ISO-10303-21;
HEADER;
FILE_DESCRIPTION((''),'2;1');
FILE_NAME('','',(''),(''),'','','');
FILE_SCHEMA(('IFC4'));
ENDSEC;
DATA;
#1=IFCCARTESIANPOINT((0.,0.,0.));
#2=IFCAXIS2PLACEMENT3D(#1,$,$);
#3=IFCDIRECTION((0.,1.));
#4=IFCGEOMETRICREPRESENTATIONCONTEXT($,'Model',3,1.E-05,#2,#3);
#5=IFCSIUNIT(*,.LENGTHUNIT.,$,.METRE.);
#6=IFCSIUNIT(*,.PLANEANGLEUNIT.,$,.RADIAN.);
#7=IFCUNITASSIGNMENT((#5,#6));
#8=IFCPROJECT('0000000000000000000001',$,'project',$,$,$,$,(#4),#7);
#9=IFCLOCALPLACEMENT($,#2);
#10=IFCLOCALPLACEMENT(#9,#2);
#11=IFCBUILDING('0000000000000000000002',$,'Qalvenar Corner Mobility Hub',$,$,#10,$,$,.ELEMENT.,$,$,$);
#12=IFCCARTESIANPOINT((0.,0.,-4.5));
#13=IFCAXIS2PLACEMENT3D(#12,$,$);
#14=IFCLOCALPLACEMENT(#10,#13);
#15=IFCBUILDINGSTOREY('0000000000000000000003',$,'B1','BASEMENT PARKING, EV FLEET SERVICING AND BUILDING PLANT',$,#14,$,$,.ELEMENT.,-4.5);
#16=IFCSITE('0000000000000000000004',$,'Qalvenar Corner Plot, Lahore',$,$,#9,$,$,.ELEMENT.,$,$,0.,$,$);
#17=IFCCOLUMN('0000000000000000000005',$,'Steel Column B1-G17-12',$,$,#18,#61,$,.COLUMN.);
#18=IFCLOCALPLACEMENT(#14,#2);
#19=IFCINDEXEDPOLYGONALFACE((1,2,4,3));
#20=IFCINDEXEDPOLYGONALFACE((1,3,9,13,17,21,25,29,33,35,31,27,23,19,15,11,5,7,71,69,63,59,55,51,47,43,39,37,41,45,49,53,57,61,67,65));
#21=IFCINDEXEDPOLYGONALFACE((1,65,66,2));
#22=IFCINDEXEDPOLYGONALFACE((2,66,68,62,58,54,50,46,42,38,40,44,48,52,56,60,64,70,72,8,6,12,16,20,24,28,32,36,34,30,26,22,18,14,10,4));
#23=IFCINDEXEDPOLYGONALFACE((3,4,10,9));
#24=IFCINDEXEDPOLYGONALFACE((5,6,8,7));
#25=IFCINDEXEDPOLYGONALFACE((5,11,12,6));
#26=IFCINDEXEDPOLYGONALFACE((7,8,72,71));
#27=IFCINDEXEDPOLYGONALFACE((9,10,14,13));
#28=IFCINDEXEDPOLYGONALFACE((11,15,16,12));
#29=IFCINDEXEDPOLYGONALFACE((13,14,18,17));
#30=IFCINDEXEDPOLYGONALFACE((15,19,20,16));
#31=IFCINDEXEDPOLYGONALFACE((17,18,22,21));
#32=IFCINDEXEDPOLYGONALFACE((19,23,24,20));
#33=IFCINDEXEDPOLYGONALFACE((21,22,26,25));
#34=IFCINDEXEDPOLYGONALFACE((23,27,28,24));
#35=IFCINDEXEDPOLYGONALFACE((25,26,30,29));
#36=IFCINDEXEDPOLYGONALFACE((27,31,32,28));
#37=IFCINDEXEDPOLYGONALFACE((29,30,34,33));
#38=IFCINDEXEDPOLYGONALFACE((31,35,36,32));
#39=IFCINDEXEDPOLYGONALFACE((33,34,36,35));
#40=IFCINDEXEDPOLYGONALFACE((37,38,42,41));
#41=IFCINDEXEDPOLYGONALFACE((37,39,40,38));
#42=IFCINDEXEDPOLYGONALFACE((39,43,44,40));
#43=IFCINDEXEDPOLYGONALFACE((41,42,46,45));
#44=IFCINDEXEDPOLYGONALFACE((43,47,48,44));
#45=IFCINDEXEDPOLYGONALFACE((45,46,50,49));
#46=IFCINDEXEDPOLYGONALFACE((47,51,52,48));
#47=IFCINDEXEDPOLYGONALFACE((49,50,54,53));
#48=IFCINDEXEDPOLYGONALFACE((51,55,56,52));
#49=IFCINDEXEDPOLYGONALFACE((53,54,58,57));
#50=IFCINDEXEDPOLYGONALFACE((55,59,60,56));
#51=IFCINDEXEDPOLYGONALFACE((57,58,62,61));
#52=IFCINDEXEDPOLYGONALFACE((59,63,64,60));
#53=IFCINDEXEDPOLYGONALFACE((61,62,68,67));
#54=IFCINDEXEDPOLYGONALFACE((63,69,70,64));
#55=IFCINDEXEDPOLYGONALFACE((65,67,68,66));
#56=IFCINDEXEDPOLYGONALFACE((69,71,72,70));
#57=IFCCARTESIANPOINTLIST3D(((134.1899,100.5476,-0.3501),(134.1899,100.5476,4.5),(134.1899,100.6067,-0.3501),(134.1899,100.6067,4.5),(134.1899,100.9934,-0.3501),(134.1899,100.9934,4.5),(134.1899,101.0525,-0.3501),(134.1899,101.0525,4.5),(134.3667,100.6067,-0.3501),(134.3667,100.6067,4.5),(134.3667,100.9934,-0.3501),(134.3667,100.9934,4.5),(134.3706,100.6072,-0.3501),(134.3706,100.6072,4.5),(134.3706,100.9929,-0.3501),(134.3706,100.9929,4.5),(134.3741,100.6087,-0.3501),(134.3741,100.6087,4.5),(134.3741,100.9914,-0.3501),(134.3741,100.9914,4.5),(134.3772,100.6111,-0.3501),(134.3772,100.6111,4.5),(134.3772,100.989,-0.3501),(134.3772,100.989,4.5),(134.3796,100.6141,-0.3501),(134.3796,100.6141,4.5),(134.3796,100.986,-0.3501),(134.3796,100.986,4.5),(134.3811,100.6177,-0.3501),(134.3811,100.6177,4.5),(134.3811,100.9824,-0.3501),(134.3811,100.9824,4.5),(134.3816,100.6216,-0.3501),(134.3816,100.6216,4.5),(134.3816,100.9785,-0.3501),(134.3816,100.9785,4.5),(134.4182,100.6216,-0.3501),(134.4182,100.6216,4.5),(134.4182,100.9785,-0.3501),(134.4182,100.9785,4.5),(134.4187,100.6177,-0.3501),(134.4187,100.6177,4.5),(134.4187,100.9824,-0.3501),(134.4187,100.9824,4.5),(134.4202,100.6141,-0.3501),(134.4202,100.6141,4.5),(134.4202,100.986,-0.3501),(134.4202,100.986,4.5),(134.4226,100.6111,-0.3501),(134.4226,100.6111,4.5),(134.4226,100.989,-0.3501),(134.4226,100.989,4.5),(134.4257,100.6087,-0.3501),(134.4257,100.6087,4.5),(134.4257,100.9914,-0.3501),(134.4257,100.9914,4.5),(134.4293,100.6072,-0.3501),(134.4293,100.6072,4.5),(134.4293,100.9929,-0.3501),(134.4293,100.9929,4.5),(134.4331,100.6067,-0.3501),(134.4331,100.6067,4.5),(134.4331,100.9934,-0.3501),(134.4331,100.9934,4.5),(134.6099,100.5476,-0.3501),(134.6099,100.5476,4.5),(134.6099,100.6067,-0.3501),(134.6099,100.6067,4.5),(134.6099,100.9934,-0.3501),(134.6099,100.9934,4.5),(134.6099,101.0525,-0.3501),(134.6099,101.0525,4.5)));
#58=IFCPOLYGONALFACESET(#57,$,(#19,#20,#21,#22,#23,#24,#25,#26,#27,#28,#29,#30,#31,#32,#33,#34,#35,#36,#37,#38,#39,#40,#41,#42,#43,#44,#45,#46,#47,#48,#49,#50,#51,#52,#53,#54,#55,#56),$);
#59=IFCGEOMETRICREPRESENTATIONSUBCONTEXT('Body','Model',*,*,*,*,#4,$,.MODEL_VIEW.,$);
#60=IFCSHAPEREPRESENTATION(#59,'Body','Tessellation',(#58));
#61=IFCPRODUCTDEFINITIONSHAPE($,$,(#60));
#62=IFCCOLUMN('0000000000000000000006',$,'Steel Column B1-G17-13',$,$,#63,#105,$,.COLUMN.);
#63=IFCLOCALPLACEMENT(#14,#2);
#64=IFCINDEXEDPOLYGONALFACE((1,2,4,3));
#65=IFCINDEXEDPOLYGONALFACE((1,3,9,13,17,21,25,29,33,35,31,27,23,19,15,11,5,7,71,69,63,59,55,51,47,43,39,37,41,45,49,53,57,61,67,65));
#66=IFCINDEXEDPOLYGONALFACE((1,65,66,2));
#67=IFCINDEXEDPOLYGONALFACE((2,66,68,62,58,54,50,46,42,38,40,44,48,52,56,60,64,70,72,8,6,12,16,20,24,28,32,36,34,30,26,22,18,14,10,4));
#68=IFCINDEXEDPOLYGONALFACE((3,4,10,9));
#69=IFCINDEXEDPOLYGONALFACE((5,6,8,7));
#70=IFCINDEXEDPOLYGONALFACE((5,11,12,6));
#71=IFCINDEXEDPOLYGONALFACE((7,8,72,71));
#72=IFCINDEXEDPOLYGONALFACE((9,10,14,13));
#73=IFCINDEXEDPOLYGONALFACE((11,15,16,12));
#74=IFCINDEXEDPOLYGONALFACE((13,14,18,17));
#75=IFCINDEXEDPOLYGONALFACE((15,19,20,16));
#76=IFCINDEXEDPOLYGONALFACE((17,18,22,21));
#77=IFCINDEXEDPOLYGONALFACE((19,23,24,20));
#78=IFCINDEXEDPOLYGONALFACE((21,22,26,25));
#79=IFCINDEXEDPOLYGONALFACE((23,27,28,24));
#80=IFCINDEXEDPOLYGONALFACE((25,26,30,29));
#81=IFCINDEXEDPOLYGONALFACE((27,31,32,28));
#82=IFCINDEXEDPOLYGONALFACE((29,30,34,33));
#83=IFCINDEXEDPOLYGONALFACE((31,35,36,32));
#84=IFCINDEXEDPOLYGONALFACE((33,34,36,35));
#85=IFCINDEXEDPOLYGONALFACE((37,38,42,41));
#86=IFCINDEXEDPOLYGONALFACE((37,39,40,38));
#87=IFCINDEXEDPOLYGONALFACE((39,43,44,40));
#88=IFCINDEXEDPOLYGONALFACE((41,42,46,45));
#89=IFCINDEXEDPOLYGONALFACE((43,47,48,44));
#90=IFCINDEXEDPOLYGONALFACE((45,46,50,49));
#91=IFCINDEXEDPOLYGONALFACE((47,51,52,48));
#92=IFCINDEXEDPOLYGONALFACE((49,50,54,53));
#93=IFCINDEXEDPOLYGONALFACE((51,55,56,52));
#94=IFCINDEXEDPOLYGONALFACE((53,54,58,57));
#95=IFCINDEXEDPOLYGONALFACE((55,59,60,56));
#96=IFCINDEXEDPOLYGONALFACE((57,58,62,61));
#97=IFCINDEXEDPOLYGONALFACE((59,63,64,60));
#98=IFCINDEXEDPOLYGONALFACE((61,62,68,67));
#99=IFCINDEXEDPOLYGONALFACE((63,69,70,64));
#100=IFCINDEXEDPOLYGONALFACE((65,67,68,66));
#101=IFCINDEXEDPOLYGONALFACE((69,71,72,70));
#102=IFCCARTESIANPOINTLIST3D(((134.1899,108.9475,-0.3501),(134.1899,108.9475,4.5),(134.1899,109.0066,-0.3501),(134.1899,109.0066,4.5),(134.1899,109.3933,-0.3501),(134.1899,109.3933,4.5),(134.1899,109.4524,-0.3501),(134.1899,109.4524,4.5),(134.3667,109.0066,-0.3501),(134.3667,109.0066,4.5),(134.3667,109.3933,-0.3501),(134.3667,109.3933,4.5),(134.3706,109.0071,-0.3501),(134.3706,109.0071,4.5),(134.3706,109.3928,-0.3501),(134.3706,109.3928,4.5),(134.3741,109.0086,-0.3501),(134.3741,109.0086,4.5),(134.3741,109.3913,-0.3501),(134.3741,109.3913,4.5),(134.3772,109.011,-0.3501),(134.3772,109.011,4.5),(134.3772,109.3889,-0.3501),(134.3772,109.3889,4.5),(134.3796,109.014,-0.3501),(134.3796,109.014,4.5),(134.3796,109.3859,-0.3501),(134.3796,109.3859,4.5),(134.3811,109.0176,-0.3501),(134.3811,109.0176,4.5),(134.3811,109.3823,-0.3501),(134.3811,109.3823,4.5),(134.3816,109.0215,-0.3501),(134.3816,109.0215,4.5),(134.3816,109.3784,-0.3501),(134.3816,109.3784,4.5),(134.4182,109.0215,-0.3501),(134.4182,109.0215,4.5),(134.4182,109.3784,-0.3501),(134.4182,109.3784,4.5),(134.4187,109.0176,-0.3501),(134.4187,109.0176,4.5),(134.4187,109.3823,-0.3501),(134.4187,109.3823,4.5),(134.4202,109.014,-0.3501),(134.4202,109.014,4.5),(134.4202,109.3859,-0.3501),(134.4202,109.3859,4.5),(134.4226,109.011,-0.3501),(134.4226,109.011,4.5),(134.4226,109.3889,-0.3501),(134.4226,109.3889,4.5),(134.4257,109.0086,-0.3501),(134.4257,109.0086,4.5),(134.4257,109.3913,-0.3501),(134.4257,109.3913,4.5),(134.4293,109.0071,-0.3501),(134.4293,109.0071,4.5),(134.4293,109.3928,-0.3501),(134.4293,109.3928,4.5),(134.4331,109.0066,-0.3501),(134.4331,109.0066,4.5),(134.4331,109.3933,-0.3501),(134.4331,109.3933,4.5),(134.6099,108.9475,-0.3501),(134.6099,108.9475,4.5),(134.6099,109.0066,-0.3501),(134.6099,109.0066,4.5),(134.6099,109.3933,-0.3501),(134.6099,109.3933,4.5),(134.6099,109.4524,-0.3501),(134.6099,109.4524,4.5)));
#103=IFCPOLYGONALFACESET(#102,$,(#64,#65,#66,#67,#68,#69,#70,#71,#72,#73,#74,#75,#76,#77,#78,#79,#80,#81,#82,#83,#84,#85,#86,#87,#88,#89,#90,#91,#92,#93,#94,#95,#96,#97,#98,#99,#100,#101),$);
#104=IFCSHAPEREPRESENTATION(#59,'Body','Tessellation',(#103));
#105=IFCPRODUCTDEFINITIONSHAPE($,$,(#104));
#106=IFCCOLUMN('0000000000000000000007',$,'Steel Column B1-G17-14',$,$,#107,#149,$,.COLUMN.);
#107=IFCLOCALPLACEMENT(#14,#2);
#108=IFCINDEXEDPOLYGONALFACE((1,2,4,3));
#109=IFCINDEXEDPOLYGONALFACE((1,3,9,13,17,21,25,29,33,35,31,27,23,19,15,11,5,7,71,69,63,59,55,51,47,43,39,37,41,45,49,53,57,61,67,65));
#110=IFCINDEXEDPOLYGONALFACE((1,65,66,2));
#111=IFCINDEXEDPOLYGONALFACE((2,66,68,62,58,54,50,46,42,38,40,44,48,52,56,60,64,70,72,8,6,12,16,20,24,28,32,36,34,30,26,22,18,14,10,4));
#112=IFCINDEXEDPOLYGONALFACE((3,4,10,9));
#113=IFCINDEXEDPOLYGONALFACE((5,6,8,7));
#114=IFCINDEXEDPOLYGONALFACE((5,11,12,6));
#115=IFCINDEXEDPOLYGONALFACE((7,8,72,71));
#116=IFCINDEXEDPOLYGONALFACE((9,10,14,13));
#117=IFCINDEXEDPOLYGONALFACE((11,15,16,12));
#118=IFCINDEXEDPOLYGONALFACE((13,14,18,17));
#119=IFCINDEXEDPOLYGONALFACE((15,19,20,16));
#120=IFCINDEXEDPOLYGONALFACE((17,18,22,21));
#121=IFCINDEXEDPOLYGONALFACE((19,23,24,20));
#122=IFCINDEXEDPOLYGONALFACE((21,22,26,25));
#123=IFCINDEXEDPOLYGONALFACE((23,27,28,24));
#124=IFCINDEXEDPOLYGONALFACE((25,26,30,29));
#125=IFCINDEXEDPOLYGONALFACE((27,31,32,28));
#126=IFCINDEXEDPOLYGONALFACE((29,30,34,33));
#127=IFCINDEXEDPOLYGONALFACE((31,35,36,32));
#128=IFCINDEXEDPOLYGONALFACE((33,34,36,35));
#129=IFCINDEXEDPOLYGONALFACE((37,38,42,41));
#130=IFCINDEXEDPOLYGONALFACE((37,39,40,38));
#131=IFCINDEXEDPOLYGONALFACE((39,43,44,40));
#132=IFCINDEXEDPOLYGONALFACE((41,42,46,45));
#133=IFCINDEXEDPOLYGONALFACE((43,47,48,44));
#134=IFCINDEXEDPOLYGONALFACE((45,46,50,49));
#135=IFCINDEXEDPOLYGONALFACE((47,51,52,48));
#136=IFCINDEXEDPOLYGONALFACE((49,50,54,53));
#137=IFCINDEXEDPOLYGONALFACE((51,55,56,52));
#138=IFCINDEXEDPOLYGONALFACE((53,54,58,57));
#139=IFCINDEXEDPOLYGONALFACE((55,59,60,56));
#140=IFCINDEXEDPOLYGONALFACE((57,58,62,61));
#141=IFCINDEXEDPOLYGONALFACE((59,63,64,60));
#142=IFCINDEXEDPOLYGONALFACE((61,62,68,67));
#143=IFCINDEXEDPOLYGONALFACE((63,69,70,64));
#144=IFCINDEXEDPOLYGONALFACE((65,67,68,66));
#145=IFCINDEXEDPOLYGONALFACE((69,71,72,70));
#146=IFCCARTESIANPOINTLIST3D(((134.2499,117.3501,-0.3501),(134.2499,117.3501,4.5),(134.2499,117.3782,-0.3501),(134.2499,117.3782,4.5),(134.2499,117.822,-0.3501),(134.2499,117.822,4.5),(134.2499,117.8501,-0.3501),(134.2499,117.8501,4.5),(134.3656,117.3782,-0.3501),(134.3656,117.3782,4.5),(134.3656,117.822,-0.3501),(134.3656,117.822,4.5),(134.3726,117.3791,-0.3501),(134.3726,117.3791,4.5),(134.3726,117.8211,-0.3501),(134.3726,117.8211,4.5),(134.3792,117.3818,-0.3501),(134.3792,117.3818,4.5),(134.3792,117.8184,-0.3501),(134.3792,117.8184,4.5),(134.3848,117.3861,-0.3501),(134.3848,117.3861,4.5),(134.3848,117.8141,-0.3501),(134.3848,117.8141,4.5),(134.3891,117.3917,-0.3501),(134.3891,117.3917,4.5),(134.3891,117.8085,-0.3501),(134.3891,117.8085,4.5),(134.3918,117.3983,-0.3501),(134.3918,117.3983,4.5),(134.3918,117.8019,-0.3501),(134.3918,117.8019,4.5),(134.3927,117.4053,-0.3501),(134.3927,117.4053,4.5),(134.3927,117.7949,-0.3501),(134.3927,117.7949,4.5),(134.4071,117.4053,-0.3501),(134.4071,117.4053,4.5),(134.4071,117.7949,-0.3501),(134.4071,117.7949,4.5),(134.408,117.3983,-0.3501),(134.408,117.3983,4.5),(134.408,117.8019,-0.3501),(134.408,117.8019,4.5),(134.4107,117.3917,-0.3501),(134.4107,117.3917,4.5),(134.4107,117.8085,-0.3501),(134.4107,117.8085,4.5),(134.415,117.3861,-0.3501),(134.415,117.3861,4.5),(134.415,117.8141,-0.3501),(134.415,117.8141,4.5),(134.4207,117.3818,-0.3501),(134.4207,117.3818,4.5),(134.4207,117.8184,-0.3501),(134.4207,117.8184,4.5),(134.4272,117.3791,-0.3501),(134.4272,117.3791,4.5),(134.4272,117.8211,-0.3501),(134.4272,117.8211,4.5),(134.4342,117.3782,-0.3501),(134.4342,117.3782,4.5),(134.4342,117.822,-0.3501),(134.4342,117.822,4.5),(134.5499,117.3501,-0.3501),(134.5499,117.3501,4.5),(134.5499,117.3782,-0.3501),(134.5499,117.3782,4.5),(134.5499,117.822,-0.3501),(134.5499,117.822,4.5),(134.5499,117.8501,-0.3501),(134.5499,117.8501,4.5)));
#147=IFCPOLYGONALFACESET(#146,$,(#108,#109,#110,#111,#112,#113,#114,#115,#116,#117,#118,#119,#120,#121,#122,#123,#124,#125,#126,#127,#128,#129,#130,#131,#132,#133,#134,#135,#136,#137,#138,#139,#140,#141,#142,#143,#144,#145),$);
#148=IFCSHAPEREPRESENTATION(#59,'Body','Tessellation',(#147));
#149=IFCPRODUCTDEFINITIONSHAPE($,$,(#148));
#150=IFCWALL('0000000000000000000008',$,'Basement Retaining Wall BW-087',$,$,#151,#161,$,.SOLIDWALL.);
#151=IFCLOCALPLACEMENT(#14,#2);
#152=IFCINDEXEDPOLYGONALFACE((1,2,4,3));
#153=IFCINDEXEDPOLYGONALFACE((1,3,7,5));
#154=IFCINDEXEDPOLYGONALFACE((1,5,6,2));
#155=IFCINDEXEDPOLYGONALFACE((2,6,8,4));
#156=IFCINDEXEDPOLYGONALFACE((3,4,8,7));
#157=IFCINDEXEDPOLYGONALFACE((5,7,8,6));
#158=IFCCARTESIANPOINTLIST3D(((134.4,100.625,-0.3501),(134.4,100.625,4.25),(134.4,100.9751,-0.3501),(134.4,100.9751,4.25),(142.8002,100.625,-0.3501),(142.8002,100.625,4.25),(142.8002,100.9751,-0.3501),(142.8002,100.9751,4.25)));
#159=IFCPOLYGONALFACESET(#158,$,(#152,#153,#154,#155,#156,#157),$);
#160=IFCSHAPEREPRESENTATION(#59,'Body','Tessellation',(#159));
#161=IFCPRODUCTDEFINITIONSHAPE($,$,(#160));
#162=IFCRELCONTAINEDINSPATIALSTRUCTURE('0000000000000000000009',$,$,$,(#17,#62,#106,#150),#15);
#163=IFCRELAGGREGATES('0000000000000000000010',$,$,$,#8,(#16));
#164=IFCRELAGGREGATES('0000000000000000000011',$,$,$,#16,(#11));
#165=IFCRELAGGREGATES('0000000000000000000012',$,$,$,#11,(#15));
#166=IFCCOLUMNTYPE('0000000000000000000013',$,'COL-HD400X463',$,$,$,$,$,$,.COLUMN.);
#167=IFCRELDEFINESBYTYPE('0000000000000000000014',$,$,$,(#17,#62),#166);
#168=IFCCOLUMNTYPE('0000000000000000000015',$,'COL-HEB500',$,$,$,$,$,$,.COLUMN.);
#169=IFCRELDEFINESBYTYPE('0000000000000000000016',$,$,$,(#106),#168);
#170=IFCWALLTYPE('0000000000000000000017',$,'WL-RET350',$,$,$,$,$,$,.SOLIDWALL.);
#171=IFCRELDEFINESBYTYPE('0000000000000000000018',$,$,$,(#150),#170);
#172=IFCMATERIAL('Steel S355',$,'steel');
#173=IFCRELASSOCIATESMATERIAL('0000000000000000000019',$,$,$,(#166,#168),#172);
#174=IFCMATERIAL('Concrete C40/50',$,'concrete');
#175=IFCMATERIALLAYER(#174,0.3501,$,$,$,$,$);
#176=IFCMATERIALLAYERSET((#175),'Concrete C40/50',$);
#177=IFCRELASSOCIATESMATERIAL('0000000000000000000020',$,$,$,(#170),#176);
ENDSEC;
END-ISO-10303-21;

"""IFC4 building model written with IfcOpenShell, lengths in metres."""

from ifc_helpers import new_model, si_unit, direction, frame, frame_2d, origin, origin_2d, place, context, subcontext, project, spatial, rectangle, i_section, extrude, material, layer, layer_set, material_profile, profile_set, type_object, element, save


model = new_model("IFC4")

# Units and contexts
model_context = context("Model", 3, precision=1e-05, world=origin(), true_north=direction((0.0, 1.0)))
body_context = subcontext(model_context, "Body", "Model", "MODEL_VIEW")
ifc_project = project(units=[si_unit("LENGTHUNIT", "METRE"), si_unit("PLANEANGLEUNIT", "RADIAN")], contexts=[model_context])

# Site, building, storey
site_placement = place(None, origin())
site = spatial("IfcSite", under=ifc_project, at=site_placement, Name="Qalvenar Corner Plot, Lahore", CompositionType="ELEMENT", RefElevation=0.0)
building_placement = place(site_placement, origin())
building = spatial("IfcBuilding", under=site, at=building_placement, Name="Qalvenar Corner Mobility Hub", CompositionType="ELEMENT")
storey_placement = place(building_placement, frame((0.0, 0.0, -4.5)))
storey = spatial("IfcBuildingStorey", under=building, at=storey_placement, Name="B1", Description="BASEMENT PARKING, EV FLEET SERVICING AND BUILDING PLANT", CompositionType="ELEMENT", Elevation=-4.5)

# Shared definitions
ifc_material_1 = material(Name="Concrete C40/50", Category="concrete")

# Columns
ifc_material_2 = material(Name="Steel S355", Category="steel")
ifc_material_profile_1 = material_profile(ifc_material_2, i_section(OverallWidth=0.4199, OverallDepth=0.5049, WebThickness=0.0366, FlangeThickness=0.0591, FilletRadius=0.0149, at=origin_2d()), Name="HD400x551")
ifc_profile_set_1 = profile_set([ifc_material_profile_1], Name="Steel S355")
column_type_1 = type_object("IfcColumnType", Name="COL-HD400X463", PredefinedType="COLUMN", material=ifc_profile_set_1)
for number, where, z_axis, x_axis, name in (
    (1, (134.3999, 100.8, -0.3501), (0.0, 0.0, 1.0), (1.0, 0.0, 0.0), "Steel Column B1-G17-12"),
    (2, (134.3999, 109.2, -0.3501), (0.0, 0.0, 1.0), (1.0, 0.0, 0.0), "Steel Column B1-G17-13"),
):
    element("IfcColumn", number, at=place(storey_placement, frame(where, z_axis=z_axis, x_axis=x_axis)), inside=storey, type_object=column_type_1, Name=name, PredefinedType="COLUMN", context=body_context, shape_type="SweptSolid", body=[
        extrude(i_section(OverallWidth=0.4199, OverallDepth=0.5049, WebThickness=0.0366, FlangeThickness=0.0591, FilletRadius=0.0149, at=origin_2d()), origin(), (0.0, 0.0, 1.0), 4.8501),
    ])
ifc_material_profile_2 = material_profile(ifc_material_2, i_section(OverallWidth=0.3, OverallDepth=0.5, WebThickness=0.0144, FlangeThickness=0.0281, FilletRadius=0.0271, at=origin_2d()), Name="HEB500")
ifc_profile_set_2 = profile_set([ifc_material_profile_2], Name="Steel S355")
column_type_2 = type_object("IfcColumnType", Name="COL-HEB500", PredefinedType="COLUMN", material=ifc_profile_set_2)
column_placement = place(storey_placement, frame((134.3999, 117.6001, -0.3501), z_axis=(0.0, 0.0, 1.0), x_axis=(1.0, 0.0, 0.0)))
element("IfcColumn", 3, at=column_placement, inside=storey, type_object=column_type_2, Name="Steel Column B1-G17-14", PredefinedType="COLUMN", context=body_context, shape_type="SweptSolid", body=[
    extrude(i_section(OverallWidth=0.3, OverallDepth=0.5, WebThickness=0.0144, FlangeThickness=0.0281, FilletRadius=0.0271, at=origin_2d()), origin(), (0.0, 0.0, 1.0), 4.8501),
])

# Wall
ifc_layer = layer(ifc_material_1, 0.3501)
ifc_layer_set = layer_set([ifc_layer], Name="Concrete C40/50")
wall_type = type_object("IfcWallType", Name="WL-RET350", PredefinedType="SOLIDWALL", material=ifc_layer_set)
wall_placement = place(storey_placement, frame((134.3999, 100.8, -0.3501), z_axis=(0.0, 0.0, 1.0), x_axis=(1.0, 0.0, 0.0)))
element("IfcWall", 4, at=wall_placement, inside=storey, type_object=wall_type, Name="Basement Retaining Wall BW-087", PredefinedType="SOLIDWALL", context=body_context, shape_type="SweptSolid", body=[
    extrude(rectangle(XDim=8.4001, YDim=0.3501, at=frame_2d((4.2002, 0.0))), origin(), (0.0, 0.0, 1.0), 4.6001),
])

save(model, "model.ifc")
